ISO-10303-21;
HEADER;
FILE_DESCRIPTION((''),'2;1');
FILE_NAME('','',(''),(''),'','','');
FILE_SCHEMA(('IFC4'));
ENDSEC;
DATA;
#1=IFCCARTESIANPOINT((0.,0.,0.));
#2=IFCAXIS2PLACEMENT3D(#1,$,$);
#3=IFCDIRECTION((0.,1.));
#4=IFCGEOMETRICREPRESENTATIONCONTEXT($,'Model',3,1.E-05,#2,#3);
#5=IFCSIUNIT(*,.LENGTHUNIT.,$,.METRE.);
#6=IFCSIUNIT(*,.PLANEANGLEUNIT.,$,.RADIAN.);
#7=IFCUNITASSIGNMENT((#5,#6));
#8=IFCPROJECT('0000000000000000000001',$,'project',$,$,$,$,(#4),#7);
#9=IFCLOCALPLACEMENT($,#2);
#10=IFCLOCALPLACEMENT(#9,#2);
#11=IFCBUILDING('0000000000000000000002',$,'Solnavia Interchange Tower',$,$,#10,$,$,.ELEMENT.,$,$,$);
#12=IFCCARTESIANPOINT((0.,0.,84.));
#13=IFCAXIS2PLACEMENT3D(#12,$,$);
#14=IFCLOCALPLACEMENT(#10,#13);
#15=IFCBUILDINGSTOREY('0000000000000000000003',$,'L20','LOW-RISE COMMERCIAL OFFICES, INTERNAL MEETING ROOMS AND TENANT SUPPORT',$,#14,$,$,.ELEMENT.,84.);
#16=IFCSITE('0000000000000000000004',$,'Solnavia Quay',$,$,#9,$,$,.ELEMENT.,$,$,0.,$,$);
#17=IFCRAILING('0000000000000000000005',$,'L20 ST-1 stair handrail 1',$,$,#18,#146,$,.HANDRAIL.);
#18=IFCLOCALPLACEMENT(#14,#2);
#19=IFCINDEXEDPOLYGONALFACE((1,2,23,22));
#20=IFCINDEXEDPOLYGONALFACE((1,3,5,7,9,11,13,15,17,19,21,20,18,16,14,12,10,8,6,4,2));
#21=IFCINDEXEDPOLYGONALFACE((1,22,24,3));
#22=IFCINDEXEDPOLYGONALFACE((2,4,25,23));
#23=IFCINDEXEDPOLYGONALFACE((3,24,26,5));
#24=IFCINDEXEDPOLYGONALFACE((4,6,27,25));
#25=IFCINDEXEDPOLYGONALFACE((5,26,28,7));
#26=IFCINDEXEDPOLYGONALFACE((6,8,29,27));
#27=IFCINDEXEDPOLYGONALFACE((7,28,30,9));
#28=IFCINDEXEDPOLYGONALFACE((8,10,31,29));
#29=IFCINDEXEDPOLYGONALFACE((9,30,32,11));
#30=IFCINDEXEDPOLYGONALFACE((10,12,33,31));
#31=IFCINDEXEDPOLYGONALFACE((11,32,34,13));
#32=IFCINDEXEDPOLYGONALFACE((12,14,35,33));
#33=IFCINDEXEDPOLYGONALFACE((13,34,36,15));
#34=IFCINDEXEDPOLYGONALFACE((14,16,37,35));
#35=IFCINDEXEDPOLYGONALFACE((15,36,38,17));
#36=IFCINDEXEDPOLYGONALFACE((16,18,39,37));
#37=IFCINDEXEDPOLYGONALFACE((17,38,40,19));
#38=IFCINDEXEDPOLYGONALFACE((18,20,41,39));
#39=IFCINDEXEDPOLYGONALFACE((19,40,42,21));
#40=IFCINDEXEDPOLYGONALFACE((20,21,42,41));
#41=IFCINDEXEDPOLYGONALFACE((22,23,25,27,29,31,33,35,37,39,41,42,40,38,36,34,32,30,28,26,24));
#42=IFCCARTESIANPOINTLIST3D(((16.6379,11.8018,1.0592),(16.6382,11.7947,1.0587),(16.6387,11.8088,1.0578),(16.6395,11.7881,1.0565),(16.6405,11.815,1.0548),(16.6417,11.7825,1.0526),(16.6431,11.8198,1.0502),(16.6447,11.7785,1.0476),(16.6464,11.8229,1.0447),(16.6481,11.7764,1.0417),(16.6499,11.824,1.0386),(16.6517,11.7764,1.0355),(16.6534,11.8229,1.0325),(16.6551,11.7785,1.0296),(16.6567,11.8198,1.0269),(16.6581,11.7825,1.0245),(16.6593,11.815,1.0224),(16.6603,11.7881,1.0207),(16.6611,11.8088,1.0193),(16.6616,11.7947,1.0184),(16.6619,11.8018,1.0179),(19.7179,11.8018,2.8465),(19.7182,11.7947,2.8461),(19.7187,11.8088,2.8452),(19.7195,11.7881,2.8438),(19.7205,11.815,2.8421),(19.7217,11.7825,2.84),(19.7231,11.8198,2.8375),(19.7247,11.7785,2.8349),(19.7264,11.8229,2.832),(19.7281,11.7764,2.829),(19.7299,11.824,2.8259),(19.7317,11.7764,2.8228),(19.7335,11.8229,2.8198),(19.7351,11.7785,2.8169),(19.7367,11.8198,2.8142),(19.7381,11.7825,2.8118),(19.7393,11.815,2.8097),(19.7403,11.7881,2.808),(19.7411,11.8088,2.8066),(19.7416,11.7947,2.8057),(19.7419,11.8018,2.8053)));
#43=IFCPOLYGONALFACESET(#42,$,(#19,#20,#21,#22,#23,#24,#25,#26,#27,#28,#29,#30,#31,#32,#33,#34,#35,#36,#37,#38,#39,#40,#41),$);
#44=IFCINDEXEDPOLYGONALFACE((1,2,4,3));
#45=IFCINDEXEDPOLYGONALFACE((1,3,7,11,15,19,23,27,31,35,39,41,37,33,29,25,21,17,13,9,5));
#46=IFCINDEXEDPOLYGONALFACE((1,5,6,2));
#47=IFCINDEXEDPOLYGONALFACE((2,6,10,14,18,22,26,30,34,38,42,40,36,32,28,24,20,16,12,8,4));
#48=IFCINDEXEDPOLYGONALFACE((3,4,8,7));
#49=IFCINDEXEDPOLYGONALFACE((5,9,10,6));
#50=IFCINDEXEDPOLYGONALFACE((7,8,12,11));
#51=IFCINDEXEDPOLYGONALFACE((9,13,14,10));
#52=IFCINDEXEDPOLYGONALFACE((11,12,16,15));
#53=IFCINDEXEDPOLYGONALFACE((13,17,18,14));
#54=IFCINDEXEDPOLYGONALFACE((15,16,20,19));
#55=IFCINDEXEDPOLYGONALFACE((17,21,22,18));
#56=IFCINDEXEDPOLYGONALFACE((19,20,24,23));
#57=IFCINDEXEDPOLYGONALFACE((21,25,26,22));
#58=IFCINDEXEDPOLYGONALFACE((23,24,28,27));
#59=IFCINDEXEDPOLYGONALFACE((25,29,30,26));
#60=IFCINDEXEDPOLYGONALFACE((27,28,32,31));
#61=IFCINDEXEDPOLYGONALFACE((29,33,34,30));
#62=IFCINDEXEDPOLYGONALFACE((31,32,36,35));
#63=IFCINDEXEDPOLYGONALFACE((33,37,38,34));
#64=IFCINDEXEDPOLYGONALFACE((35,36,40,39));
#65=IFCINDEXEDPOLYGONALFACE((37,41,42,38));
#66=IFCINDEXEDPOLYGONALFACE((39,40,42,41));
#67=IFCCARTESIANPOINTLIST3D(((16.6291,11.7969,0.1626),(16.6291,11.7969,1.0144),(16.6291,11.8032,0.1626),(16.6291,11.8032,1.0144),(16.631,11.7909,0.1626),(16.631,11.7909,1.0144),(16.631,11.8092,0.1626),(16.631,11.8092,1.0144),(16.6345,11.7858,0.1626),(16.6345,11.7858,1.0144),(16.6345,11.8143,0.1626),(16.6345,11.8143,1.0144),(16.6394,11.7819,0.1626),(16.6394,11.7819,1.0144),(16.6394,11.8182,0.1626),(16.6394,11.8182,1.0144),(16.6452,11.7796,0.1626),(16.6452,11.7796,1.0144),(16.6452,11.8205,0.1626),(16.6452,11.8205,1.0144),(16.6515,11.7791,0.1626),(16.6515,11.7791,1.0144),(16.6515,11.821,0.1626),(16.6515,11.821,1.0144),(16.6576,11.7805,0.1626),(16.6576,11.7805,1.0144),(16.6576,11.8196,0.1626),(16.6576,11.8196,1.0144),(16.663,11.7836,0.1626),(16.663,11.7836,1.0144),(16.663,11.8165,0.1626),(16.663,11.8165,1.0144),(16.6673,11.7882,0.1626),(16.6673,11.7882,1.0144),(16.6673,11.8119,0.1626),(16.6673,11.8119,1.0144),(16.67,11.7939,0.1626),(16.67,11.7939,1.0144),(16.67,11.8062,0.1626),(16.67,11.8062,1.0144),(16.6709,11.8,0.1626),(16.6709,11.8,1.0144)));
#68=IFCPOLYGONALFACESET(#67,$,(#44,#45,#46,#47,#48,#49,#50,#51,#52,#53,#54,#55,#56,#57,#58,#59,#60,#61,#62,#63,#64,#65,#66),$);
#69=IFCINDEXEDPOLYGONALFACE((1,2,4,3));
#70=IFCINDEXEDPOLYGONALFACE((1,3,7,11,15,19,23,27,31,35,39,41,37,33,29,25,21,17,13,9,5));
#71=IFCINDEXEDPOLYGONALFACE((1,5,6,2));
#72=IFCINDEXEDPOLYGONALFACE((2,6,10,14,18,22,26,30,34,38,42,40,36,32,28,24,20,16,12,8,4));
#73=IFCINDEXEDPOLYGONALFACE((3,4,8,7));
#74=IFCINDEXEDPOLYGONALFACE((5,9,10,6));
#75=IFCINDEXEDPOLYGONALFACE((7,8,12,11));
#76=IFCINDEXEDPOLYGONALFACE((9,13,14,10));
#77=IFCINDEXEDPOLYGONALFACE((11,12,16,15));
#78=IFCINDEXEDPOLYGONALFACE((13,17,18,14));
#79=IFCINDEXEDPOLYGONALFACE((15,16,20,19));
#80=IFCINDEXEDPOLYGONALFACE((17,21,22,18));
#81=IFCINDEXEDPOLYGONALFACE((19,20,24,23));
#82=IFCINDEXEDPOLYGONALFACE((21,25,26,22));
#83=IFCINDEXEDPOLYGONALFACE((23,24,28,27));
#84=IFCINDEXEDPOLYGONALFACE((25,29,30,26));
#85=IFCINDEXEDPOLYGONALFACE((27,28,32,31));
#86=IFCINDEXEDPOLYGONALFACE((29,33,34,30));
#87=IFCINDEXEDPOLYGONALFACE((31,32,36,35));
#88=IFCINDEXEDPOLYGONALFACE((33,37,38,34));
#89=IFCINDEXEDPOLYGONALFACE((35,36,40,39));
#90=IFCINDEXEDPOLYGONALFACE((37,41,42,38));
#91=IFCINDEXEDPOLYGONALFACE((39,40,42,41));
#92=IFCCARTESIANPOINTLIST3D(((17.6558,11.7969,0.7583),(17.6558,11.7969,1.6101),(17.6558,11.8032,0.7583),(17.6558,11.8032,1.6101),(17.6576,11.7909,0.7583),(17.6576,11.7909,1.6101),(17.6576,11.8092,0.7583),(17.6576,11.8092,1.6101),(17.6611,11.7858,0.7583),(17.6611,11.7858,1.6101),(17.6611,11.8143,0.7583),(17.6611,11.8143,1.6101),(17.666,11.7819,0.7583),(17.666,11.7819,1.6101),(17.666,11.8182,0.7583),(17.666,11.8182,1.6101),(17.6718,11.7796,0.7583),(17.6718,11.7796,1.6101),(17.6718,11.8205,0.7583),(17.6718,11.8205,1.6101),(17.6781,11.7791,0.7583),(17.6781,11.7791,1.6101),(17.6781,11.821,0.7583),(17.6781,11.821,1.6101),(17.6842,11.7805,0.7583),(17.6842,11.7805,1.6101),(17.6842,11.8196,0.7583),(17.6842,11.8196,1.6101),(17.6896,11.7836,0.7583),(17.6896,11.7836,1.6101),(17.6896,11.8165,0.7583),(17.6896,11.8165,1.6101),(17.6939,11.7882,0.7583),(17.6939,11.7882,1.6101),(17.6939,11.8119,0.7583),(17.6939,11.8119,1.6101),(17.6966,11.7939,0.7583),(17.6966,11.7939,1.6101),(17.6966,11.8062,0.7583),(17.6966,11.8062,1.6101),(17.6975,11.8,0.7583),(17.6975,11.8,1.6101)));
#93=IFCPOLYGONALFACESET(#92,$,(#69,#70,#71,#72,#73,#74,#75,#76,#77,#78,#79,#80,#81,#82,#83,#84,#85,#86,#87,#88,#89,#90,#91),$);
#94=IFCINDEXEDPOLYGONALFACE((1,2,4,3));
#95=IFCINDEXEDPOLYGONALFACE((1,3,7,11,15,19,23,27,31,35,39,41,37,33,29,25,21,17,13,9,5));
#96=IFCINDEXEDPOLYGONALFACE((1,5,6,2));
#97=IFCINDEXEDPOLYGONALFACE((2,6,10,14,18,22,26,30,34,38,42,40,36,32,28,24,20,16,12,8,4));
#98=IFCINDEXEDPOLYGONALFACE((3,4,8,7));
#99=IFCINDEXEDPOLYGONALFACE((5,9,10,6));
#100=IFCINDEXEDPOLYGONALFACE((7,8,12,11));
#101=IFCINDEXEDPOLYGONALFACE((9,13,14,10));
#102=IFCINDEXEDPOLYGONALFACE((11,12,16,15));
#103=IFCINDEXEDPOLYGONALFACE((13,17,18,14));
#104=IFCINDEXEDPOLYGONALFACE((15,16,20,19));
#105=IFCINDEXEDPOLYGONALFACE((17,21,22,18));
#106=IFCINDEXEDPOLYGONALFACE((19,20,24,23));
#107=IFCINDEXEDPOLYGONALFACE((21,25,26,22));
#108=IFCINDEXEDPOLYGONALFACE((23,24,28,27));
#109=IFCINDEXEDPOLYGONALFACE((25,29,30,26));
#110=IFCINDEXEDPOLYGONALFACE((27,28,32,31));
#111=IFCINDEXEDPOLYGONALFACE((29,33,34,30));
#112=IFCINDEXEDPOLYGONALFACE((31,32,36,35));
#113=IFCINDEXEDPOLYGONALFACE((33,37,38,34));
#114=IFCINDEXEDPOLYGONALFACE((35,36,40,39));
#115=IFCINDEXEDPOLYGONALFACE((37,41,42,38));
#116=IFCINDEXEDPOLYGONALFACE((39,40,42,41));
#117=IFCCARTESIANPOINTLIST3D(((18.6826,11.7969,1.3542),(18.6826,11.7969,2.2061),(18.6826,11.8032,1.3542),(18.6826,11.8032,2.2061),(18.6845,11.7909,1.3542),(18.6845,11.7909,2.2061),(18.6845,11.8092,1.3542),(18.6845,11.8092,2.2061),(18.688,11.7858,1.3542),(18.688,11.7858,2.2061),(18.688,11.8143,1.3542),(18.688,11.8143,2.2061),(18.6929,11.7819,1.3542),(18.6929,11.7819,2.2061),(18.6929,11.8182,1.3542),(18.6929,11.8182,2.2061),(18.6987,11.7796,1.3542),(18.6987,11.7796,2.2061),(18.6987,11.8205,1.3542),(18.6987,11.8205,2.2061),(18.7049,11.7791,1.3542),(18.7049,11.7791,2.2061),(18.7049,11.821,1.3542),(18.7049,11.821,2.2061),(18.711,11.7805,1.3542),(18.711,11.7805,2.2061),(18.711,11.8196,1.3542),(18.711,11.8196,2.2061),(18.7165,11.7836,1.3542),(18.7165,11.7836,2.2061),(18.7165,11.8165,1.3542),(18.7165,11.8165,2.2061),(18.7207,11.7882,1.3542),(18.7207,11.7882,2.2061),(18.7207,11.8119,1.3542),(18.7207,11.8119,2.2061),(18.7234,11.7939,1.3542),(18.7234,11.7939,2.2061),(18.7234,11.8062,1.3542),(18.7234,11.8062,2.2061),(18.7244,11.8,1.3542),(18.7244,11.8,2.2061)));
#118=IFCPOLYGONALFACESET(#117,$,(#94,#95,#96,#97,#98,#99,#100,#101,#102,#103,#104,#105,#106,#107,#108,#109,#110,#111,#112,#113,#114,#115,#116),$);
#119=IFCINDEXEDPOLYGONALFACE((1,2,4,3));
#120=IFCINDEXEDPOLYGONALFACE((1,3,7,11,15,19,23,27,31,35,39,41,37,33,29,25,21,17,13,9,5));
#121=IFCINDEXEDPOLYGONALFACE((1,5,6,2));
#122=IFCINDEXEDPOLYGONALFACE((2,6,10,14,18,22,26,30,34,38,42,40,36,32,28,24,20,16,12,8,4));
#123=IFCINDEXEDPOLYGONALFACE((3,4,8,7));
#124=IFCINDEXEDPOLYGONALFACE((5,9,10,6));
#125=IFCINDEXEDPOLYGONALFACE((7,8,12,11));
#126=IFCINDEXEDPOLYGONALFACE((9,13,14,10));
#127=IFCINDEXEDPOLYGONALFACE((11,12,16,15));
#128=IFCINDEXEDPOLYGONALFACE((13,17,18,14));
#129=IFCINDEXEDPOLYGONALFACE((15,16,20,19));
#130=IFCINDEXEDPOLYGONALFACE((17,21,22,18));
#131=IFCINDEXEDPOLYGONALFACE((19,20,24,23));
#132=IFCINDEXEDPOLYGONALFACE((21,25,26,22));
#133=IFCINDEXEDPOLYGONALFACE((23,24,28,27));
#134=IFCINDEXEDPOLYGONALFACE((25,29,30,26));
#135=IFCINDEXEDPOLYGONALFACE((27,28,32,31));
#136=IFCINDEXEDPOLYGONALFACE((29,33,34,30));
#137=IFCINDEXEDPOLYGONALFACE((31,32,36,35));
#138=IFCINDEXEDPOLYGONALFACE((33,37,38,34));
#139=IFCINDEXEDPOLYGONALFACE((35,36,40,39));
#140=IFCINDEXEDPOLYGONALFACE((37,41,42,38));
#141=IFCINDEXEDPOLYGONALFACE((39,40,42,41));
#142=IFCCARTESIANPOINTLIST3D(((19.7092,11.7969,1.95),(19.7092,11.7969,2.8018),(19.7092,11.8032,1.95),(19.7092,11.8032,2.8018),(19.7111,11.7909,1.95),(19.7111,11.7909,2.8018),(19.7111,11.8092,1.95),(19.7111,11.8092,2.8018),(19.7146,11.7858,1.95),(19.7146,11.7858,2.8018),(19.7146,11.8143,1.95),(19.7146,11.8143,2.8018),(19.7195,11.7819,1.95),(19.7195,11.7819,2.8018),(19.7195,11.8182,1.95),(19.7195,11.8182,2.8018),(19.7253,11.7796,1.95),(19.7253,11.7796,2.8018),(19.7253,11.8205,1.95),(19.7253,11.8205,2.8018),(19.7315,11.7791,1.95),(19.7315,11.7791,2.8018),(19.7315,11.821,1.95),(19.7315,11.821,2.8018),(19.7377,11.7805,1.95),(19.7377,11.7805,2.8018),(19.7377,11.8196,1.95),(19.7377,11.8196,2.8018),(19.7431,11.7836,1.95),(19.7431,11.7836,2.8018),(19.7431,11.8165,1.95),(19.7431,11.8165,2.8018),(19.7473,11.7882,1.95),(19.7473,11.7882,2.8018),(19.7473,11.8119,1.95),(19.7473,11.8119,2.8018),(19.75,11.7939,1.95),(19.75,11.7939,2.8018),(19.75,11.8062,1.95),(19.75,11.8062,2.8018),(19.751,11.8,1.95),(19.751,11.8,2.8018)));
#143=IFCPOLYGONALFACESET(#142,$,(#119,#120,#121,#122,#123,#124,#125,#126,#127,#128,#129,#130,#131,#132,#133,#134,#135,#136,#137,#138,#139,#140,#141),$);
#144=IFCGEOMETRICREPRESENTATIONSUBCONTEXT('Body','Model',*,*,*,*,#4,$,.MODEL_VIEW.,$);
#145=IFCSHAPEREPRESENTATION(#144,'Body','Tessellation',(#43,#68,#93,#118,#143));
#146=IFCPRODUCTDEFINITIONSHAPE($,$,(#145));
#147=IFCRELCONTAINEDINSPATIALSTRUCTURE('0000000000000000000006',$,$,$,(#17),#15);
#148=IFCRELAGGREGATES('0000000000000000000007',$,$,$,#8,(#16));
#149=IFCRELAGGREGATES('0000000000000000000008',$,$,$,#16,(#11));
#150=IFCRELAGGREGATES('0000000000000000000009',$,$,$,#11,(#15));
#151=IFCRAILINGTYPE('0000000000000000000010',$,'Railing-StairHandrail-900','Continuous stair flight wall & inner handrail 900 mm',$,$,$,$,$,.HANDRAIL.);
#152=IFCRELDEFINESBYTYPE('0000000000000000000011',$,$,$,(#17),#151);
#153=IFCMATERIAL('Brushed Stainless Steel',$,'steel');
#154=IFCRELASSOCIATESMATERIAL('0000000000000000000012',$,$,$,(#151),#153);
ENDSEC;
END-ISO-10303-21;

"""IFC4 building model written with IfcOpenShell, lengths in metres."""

from ifc_helpers import new_model, si_unit, direction, frame, origin, origin_2d, place, context, subcontext, project, spatial, circle, extrude, material, type_object, element, save


model = new_model("IFC4")

# Units and contexts
model_context = context("Model", 3, precision=1e-05, world=origin(), true_north=direction((0.0, 1.0)))
body_context = subcontext(model_context, "Body", "Model", "MODEL_VIEW")
ifc_project = project(units=[si_unit("LENGTHUNIT", "METRE"), si_unit("PLANEANGLEUNIT", "RADIAN")], contexts=[model_context])

# Site, building, storey
site_placement = place(None, origin())
site = spatial("IfcSite", under=ifc_project, at=site_placement, Name="Solnavia Quay", CompositionType="ELEMENT", RefElevation=0.0)
building_placement = place(site_placement, origin())
building = spatial("IfcBuilding", under=site, at=building_placement, Name="Solnavia Interchange Tower", CompositionType="ELEMENT")
storey_placement = place(building_placement, frame((0.0, 0.0, 84.0)))
storey = spatial("IfcBuildingStorey", under=building, at=storey_placement, Name="L20", Description="LOW-RISE COMMERCIAL OFFICES, INTERNAL MEETING ROOMS AND TENANT SUPPORT", CompositionType="ELEMENT", Elevation=84.0)

# Railing
ifc_material_1 = material(Name="Brushed Stainless Steel", Category="steel")
railing_type = type_object("IfcRailingType", Name="Railing-StairHandrail-900", Description="Continuous stair flight wall & inner handrail 900 mm", PredefinedType="HANDRAIL", material=ifc_material_1)
railing_placement = place(storey_placement, frame((16.6499, 11.8, 0.1626)))
element("IfcRailing", 1, at=railing_placement, inside=storey, type_object=railing_type, Name="L20 ST-1 stair handrail 1", PredefinedType="HANDRAIL", context=body_context, shape_type="SweptSolid", body=[
    extrude(circle(Radius=0.0239, at=origin_2d()), frame((0.0, 0.0, 0.876), z_axis=(0.86492, 0.0, 0.501909), x_axis=(0.0, 1.0, 0.0)), (0.0, 0.0, 1.0), 3.561),
    extrude(circle(Radius=0.021, at=origin_2d()), origin(), (0.0, 0.0, 1.0), 0.8518),
    extrude(circle(Radius=0.021, at=origin_2d()), frame((1.0266, 0.0, 0.5957)), (0.0, 0.0, 1.0), 0.8518),
    extrude(circle(Radius=0.021, at=origin_2d()), frame((2.0535, 0.0, 1.1917)), (0.0, 0.0, 1.0), 0.8518),
    extrude(circle(Radius=0.021, at=origin_2d()), frame((3.0801, 0.0, 1.7874)), (0.0, 0.0, 1.0), 0.8518),
])

save(model, "model.ifc")
